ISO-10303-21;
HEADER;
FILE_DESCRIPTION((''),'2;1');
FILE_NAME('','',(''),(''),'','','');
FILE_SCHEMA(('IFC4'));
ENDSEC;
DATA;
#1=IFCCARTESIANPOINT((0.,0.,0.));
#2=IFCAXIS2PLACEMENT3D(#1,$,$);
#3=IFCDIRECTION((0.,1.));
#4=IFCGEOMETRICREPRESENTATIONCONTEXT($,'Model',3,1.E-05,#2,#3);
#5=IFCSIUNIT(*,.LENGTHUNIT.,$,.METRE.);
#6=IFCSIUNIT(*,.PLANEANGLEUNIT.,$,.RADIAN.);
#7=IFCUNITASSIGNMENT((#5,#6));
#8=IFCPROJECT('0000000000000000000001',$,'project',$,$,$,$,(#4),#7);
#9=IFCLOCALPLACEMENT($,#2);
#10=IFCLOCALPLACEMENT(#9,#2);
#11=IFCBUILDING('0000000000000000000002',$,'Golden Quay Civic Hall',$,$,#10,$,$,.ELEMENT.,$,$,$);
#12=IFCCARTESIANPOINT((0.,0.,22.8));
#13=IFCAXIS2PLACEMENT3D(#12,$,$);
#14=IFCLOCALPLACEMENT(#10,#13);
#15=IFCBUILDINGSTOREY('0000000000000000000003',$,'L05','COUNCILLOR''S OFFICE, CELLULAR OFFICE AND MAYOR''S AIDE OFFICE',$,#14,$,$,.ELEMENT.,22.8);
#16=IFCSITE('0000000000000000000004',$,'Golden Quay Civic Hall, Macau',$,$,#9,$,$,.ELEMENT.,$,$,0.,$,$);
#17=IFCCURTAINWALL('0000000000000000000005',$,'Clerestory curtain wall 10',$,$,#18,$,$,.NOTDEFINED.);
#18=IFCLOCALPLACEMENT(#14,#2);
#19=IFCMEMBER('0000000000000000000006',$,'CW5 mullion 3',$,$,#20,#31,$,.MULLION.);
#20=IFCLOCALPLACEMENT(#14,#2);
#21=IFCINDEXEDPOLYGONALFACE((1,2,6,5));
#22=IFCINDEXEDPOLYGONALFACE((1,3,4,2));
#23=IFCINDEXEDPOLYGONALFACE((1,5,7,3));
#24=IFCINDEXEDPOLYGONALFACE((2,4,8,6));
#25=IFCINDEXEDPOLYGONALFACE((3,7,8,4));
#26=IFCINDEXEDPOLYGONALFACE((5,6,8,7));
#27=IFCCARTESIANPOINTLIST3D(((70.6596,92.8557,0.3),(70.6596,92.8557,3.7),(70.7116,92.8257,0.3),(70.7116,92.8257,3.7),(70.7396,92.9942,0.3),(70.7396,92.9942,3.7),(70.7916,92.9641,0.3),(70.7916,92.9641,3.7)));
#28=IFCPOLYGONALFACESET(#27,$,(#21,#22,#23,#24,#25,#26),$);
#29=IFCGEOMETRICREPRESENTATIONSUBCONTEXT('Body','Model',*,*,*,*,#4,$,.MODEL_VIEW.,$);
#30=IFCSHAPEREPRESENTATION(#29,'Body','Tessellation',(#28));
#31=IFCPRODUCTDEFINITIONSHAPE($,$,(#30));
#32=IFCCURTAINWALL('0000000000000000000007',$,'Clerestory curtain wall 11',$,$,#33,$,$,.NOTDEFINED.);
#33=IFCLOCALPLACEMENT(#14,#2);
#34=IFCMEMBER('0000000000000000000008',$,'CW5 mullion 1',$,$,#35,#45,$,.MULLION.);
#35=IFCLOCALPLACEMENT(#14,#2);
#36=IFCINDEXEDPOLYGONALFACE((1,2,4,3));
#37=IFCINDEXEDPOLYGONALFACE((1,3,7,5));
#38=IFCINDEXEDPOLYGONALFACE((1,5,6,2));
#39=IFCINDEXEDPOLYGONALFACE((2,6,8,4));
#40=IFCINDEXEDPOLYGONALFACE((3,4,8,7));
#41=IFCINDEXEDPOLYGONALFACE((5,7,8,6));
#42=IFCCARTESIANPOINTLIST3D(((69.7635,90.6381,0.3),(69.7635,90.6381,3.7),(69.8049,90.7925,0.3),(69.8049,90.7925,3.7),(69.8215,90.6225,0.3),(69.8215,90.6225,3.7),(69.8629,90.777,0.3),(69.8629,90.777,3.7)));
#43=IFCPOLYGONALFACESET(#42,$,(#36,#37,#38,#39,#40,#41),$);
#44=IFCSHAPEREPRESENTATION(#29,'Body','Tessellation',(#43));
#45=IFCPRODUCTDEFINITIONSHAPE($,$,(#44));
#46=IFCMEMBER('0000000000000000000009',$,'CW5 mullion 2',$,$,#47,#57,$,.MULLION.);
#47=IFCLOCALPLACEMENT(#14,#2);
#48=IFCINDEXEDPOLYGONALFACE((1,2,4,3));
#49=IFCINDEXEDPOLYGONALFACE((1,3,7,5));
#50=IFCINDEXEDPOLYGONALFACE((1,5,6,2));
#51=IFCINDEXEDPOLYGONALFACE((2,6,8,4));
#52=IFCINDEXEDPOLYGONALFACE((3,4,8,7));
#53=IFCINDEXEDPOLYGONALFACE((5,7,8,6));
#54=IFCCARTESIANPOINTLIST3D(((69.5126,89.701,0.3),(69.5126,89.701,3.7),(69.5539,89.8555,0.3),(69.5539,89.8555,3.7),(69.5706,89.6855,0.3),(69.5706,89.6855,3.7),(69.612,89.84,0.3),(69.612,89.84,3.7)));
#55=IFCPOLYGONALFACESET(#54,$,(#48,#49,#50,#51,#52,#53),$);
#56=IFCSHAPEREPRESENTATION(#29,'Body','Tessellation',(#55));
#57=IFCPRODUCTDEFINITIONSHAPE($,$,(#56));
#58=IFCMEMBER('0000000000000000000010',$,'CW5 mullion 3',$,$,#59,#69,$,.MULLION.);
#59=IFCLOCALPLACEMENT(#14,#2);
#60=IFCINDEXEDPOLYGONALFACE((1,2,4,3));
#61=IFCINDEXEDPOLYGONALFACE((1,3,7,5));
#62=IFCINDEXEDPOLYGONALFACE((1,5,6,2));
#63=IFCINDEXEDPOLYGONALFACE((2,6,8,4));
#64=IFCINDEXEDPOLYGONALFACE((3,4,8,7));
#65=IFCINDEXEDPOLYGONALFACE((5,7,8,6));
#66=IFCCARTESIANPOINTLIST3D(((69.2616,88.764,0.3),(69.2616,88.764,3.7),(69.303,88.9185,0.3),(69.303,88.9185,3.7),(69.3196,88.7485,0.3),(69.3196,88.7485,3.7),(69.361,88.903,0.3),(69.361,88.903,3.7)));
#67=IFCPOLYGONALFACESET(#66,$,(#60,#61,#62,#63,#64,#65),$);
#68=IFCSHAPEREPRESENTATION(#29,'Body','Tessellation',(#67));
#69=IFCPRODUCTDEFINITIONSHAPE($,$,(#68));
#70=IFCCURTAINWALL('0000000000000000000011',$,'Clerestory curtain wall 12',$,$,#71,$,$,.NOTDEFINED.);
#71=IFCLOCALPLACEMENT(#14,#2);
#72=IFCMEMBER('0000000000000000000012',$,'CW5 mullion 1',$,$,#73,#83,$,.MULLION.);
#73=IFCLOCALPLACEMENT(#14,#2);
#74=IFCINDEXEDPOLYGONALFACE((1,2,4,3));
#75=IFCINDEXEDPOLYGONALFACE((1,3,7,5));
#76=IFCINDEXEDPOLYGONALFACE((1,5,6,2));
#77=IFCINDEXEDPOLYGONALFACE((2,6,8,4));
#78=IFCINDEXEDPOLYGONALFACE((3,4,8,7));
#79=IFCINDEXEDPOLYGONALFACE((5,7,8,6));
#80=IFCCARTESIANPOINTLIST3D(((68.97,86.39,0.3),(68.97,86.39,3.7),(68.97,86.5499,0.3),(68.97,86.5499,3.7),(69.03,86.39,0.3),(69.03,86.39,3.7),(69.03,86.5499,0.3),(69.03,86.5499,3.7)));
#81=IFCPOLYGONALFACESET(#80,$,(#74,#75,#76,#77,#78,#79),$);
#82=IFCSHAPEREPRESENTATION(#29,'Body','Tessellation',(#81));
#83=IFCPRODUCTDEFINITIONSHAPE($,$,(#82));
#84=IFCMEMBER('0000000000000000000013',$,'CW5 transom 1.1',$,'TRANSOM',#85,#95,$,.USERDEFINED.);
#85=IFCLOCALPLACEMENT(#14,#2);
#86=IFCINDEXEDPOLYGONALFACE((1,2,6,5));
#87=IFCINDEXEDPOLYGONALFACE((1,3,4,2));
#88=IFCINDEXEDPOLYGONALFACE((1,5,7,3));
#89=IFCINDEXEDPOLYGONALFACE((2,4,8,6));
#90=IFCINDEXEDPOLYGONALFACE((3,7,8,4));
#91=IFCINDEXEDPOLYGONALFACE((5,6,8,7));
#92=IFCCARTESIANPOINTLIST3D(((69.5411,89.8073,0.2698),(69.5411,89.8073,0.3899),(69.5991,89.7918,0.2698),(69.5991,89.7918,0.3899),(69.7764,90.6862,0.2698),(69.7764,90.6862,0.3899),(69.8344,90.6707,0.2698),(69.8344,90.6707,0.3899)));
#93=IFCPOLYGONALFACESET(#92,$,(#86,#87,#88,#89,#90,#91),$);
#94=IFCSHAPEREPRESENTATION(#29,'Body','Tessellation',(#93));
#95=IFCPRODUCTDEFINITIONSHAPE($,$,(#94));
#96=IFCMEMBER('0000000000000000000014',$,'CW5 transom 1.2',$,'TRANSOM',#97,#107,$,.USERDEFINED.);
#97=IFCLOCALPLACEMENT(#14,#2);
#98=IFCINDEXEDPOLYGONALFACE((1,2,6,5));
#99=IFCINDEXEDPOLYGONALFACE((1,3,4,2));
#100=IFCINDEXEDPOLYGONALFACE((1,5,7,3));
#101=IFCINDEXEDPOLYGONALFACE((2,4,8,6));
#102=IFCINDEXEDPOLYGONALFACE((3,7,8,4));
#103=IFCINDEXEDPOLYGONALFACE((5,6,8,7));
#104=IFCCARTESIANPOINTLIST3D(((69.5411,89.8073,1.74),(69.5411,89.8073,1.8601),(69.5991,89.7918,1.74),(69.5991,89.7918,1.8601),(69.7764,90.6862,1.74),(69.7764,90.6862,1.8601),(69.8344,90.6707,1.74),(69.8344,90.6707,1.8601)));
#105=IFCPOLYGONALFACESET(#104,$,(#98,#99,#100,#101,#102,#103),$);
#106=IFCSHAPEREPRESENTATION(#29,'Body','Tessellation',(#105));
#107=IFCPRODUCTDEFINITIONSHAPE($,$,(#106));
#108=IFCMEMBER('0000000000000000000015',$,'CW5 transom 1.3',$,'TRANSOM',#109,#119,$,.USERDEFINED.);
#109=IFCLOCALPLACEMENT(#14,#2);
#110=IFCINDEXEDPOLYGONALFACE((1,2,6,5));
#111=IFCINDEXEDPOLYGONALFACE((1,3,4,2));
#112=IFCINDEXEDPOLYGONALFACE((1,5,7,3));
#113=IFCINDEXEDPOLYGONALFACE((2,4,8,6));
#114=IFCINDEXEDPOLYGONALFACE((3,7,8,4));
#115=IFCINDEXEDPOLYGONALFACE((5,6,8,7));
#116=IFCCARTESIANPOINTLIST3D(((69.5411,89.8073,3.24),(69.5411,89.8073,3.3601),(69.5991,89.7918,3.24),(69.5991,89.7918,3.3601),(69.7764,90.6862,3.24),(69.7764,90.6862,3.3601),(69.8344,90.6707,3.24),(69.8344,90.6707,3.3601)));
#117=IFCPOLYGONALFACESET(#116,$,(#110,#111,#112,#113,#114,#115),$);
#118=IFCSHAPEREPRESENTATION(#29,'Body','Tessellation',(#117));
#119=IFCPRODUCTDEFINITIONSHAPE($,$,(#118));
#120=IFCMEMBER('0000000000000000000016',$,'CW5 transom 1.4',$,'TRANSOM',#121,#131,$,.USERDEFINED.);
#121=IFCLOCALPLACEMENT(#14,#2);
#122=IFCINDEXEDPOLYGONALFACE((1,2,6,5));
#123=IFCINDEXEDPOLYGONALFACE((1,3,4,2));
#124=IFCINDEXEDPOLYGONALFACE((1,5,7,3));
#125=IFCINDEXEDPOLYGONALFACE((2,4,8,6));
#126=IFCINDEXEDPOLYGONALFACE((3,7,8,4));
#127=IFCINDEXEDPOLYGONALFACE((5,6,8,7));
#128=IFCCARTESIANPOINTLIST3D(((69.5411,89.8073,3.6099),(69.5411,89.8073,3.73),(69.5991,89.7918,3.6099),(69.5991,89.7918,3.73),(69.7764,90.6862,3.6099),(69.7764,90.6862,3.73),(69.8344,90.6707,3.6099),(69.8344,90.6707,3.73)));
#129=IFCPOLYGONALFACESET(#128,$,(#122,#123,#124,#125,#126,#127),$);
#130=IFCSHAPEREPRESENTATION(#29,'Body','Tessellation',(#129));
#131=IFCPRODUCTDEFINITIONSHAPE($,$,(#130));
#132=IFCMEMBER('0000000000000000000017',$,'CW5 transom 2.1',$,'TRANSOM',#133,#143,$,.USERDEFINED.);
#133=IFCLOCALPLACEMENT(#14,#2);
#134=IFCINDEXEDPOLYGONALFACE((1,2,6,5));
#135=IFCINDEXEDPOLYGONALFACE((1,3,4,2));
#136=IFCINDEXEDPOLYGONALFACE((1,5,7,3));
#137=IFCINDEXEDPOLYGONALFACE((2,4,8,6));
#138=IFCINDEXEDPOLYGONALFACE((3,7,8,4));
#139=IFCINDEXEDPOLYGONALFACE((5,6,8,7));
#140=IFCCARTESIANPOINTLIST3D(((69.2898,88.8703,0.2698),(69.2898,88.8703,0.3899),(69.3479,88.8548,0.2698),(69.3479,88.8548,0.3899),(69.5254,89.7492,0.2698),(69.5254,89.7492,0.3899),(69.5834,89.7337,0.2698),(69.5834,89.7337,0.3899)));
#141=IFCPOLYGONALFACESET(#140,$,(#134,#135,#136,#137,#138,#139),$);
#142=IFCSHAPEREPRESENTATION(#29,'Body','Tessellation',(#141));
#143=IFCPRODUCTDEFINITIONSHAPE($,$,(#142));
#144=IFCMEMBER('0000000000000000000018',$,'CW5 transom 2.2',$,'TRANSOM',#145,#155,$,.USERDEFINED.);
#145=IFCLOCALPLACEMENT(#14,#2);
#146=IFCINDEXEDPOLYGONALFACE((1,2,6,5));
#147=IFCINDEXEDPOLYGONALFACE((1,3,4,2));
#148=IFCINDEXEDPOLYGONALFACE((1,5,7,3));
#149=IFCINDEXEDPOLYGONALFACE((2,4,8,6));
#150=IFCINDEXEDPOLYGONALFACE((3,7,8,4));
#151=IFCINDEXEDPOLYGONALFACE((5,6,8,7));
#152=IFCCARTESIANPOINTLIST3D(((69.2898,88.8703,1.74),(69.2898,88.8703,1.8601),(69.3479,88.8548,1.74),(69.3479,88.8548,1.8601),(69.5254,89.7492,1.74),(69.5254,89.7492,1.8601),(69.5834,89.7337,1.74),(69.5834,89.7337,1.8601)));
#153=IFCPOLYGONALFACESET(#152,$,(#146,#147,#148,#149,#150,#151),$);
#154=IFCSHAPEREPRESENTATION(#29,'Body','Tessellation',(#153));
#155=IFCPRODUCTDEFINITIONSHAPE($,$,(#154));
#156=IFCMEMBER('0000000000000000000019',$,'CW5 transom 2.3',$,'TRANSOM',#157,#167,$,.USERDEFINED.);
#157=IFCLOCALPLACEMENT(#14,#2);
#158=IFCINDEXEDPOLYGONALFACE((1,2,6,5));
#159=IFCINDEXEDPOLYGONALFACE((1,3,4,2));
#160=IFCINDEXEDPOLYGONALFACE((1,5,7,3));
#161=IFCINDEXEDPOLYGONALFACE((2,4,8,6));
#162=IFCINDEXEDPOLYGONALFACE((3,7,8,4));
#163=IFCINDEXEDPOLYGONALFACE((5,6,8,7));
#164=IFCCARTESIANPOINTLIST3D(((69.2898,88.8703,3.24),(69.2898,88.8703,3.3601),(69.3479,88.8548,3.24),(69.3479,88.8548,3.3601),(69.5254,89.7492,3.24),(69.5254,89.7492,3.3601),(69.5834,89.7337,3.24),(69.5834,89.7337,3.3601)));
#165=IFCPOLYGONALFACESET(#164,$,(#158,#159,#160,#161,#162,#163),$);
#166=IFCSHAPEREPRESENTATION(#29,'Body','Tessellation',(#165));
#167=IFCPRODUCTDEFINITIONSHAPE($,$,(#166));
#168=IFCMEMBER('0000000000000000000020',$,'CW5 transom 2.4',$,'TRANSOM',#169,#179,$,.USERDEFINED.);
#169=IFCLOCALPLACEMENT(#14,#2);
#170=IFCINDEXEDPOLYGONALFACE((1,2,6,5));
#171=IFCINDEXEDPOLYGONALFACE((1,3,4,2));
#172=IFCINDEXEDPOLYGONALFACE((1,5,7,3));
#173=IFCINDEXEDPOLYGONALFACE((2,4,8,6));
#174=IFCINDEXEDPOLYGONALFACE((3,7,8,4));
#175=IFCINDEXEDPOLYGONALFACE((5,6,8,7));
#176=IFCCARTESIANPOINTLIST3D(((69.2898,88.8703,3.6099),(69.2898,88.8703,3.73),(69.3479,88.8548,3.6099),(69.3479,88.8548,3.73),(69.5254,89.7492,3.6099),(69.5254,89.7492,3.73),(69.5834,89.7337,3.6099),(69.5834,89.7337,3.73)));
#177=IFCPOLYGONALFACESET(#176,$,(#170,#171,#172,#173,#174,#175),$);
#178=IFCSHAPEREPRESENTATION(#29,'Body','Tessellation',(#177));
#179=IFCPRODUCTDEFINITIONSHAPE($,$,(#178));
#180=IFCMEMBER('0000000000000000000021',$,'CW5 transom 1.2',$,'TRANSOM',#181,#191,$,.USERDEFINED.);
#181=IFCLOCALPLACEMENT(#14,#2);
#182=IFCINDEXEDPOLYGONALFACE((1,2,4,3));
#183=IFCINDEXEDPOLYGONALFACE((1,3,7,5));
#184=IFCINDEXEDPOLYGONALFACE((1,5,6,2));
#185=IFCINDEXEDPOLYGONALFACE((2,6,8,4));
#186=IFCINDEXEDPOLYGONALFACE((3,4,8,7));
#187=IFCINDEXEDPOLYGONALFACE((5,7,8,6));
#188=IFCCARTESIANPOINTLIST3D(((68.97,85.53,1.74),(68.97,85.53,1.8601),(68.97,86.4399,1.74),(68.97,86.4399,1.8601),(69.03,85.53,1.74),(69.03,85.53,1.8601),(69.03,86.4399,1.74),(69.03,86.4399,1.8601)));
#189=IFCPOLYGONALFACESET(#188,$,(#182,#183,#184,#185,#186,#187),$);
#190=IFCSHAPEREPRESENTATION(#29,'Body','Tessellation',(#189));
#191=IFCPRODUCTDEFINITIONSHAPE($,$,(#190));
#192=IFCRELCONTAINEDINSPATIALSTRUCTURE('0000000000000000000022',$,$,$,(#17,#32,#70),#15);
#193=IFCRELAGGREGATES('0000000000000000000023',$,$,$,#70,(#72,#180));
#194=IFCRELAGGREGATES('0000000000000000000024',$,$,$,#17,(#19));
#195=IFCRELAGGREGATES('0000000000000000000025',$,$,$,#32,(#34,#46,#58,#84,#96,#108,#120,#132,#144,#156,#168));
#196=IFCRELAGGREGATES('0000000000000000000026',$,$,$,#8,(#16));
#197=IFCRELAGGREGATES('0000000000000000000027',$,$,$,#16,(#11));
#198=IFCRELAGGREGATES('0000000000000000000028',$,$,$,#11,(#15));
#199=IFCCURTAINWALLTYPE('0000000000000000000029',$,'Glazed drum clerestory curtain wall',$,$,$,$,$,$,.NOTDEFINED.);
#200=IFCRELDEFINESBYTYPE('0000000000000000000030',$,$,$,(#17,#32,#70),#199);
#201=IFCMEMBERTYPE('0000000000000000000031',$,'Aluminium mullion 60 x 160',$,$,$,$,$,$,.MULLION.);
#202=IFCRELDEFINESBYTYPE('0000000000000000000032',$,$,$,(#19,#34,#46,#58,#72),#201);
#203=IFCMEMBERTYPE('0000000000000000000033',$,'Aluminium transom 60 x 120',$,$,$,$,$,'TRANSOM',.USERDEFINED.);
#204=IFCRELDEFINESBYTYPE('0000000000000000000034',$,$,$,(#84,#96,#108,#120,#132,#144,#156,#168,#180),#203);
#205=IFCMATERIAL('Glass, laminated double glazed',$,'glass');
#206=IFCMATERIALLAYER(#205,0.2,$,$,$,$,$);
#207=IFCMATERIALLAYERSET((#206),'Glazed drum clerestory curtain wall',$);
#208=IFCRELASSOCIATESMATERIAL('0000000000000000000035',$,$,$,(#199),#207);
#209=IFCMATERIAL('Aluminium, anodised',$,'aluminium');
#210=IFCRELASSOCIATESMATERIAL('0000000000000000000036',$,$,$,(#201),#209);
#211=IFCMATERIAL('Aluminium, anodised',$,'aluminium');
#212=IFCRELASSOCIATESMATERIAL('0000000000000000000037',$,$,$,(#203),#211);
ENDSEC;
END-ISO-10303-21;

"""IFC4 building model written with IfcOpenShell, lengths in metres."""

from ifc_helpers import new_model, si_unit, direction, frame, origin, origin_2d, place, context, subcontext, project, spatial, rectangle, extrude, material, layer, layer_set, material_profile, profile_set, type_object, element, aggregate, save


model = new_model("IFC4")

# Units and contexts
model_context = context("Model", 3, precision=1e-05, world=origin(), true_north=direction((0.0, 1.0)))
body_context = subcontext(model_context, "Body", "Model", "MODEL_VIEW")
ifc_project = project(units=[si_unit("LENGTHUNIT", "METRE"), si_unit("PLANEANGLEUNIT", "RADIAN")], contexts=[model_context])

# Site, building, storey
site_placement = place(None, origin())
site = spatial("IfcSite", under=ifc_project, at=site_placement, Name="Golden Quay Civic Hall, Macau", CompositionType="ELEMENT", RefElevation=0.0)
building_placement = place(site_placement, origin())
building = spatial("IfcBuilding", under=site, at=building_placement, Name="Golden Quay Civic Hall", CompositionType="ELEMENT")
storey_placement = place(building_placement, frame((0.0, 0.0, 22.8)))
storey = spatial("IfcBuildingStorey", under=building, at=storey_placement, Name="L05", Description="COUNCILLOR'S OFFICE, CELLULAR OFFICE AND MAYOR'S AIDE OFFICE", CompositionType="ELEMENT", Elevation=22.8)

# Curtain wall, member
ifc_material_1 = material(Name="Glass, laminated double glazed", Category="glass")
ifc_layer_1 = layer(ifc_material_1, 0.2)
ifc_layer_set_1 = layer_set([ifc_layer_1], Name="Glazed drum clerestory curtain wall")
curtain_wall_type = type_object("IfcCurtainWallType", Name="Glazed drum clerestory curtain wall", PredefinedType="NOTDEFINED", material=ifc_layer_set_1)
curtain_wall_1_placement = place(storey_placement, origin())
curtain_wall_1 = element("IfcCurtainWall", 1, at=curtain_wall_1_placement, inside=storey, type_object=curtain_wall_type, Name="Clerestory curtain wall 10", PredefinedType="NOTDEFINED")
ifc_material_2 = material(Name="Aluminium, anodised", Category="aluminium")
ifc_material_profile_1 = material_profile(ifc_material_2, rectangle(XDim=0.0601, YDim=0.1599, at=origin_2d()), Name="Aluminium 60 x 160")
ifc_profile_set_1 = profile_set([ifc_material_profile_1], Name="Aluminium, anodised")
member_type_1 = type_object("IfcMemberType", Name="Aluminium mullion 60 x 160", PredefinedType="MULLION", material=ifc_profile_set_1)
member_1_placement = place(storey_placement, frame((70.7256, 92.9099, 0.3), z_axis=(0.0, 0.0, 1.0), x_axis=(0.866019, -0.500011, 0.0)))
member_1 = element("IfcMember", 2, at=member_1_placement, type_object=member_type_1, Name="CW5 mullion 3", PredefinedType="MULLION", context=body_context, shape_type="SweptSolid", body=[
    extrude(rectangle(XDim=0.0601, YDim=0.1599, at=origin_2d()), origin(), (0.0, 0.0, 1.0), 3.3999),
])

# Curtain wall, members
curtain_wall_2_placement = place(storey_placement, origin())
curtain_wall_2 = element("IfcCurtainWall", 3, at=curtain_wall_2_placement, inside=storey, type_object=curtain_wall_type, Name="Clerestory curtain wall 11", PredefinedType="NOTDEFINED")
member_2_placement = place(storey_placement, frame((69.8132, 90.7075, 0.3), z_axis=(0.0, 0.0, 1.0), x_axis=(0.965929, -0.258808, 0.0)))
member_2 = element("IfcMember", 4, at=member_2_placement, type_object=member_type_1, Name="CW5 mullion 1", PredefinedType="MULLION", context=body_context, shape_type="SweptSolid", body=[
    extrude(rectangle(XDim=0.0601, YDim=0.1599, at=origin_2d()), origin(), (0.0, 0.0, 1.0), 3.3999),
])
member_3_placement = place(storey_placement, frame((69.5623, 89.7705, 0.3), z_axis=(0.0, 0.0, 1.0), x_axis=(0.965929, -0.258808, 0.0)))
member_3 = element("IfcMember", 5, at=member_3_placement, type_object=member_type_1, Name="CW5 mullion 2", PredefinedType="MULLION", context=body_context, shape_type="SweptSolid", body=[
    extrude(rectangle(XDim=0.0601, YDim=0.1599, at=origin_2d()), origin(), (0.0, 0.0, 1.0), 3.3999),
])
member_4_placement = place(storey_placement, frame((69.3113, 88.8335, 0.3), z_axis=(0.0, 0.0, 1.0), x_axis=(0.965929, -0.258808, 0.0)))
member_4 = element("IfcMember", 6, at=member_4_placement, type_object=member_type_1, Name="CW5 mullion 3", PredefinedType="MULLION", context=body_context, shape_type="SweptSolid", body=[
    extrude(rectangle(XDim=0.0601, YDim=0.1599, at=origin_2d()), origin(), (0.0, 0.0, 1.0), 3.3999),
])

# Curtain wall, member
curtain_wall_3_placement = place(storey_placement, origin())
curtain_wall_3 = element("IfcCurtainWall", 7, at=curtain_wall_3_placement, inside=storey, type_object=curtain_wall_type, Name="Clerestory curtain wall 12", PredefinedType="NOTDEFINED")
member_5_placement = place(storey_placement, frame((69.0, 86.47, 0.3), z_axis=(0.0, 0.0, 1.0), x_axis=(1.0, 0.0, 0.0)))
member_5 = element("IfcMember", 8, at=member_5_placement, type_object=member_type_1, Name="CW5 mullion 1", PredefinedType="MULLION", context=body_context, shape_type="SweptSolid", body=[
    extrude(rectangle(XDim=0.0601, YDim=0.1599, at=origin_2d()), origin(), (0.0, 0.0, 1.0), 3.3999),
])

# Members
ifc_material_3 = material(Name="Aluminium, anodised", Category="aluminium")
ifc_material_profile_2 = material_profile(ifc_material_3, rectangle(XDim=0.0601, YDim=0.1201, at=origin_2d()), Name="Aluminium 60 x 120")
ifc_profile_set_2 = profile_set([ifc_material_profile_2], Name="Aluminium, anodised")
member_type_2 = type_object("IfcMemberType", Name="Aluminium transom 60 x 120", ElementType="TRANSOM", PredefinedType="USERDEFINED", material=ifc_profile_set_2)
member_6_placement = place(storey_placement, frame((69.8054, 90.6785, 0.3298), z_axis=(-0.258665, -0.965967, 0.0), x_axis=(0.965967, -0.258665, 0.0)))
member_6 = element("IfcMember", 9, at=member_6_placement, type_object=member_type_2, Name="CW5 transom 1.1", ObjectType="TRANSOM", PredefinedType="USERDEFINED", context=body_context, shape_type="SweptSolid", body=[
    extrude(rectangle(XDim=0.0601, YDim=0.1201, at=origin_2d()), origin(), (0.0, 0.0, 1.0), 0.9099),
])
member_7_placement = place(storey_placement, frame((69.8054, 90.6785, 1.8), z_axis=(-0.258665, -0.965967, 0.0), x_axis=(0.965967, -0.258665, 0.0)))
member_7 = element("IfcMember", 10, at=member_7_placement, type_object=member_type_2, Name="CW5 transom 1.2", ObjectType="TRANSOM", PredefinedType="USERDEFINED", context=body_context, shape_type="SweptSolid", body=[
    extrude(rectangle(XDim=0.0601, YDim=0.1201, at=origin_2d()), origin(), (0.0, 0.0, 1.0), 0.9099),
])
member_8_placement = place(storey_placement, frame((69.8054, 90.6785, 3.3), z_axis=(-0.258665, -0.965967, 0.0), x_axis=(0.965967, -0.258665, 0.0)))
member_8 = element("IfcMember", 11, at=member_8_placement, type_object=member_type_2, Name="CW5 transom 1.3", ObjectType="TRANSOM", PredefinedType="USERDEFINED", context=body_context, shape_type="SweptSolid", body=[
    extrude(rectangle(XDim=0.0601, YDim=0.1201, at=origin_2d()), origin(), (0.0, 0.0, 1.0), 0.9099),
])
member_9_placement = place(storey_placement, frame((69.8054, 90.6785, 3.6699), z_axis=(-0.258665, -0.965967, 0.0), x_axis=(0.965967, -0.258665, 0.0)))
member_9 = element("IfcMember", 12, at=member_9_placement, type_object=member_type_2, Name="CW5 transom 1.4", ObjectType="TRANSOM", PredefinedType="USERDEFINED", context=body_context, shape_type="SweptSolid", body=[
    extrude(rectangle(XDim=0.0601, YDim=0.1201, at=origin_2d()), origin(), (0.0, 0.0, 1.0), 0.9099),
])
member_10_placement = place(storey_placement, frame((69.5544, 89.7415, 0.3298), z_axis=(-0.258915, -0.9659, 0.0), x_axis=(0.9659, -0.258915, 0.0)))
member_10 = element("IfcMember", 13, at=member_10_placement, type_object=member_type_2, Name="CW5 transom 2.1", ObjectType="TRANSOM", PredefinedType="USERDEFINED", context=body_context, shape_type="SweptSolid", body=[
    extrude(rectangle(XDim=0.0601, YDim=0.1201, at=origin_2d()), origin(), (0.0, 0.0, 1.0), 0.9099),
])
member_11_placement = place(storey_placement, frame((69.5544, 89.7415, 1.8), z_axis=(-0.258915, -0.9659, 0.0), x_axis=(0.9659, -0.258915, 0.0)))
member_11 = element("IfcMember", 14, at=member_11_placement, type_object=member_type_2, Name="CW5 transom 2.2", ObjectType="TRANSOM", PredefinedType="USERDEFINED", context=body_context, shape_type="SweptSolid", body=[
    extrude(rectangle(XDim=0.0601, YDim=0.1201, at=origin_2d()), origin(), (0.0, 0.0, 1.0), 0.9099),
])
member_12_placement = place(storey_placement, frame((69.5544, 89.7415, 3.3), z_axis=(-0.258915, -0.9659, 0.0), x_axis=(0.9659, -0.258915, 0.0)))
member_12 = element("IfcMember", 15, at=member_12_placement, type_object=member_type_2, Name="CW5 transom 2.3", ObjectType="TRANSOM", PredefinedType="USERDEFINED", context=body_context, shape_type="SweptSolid", body=[
    extrude(rectangle(XDim=0.0601, YDim=0.1201, at=origin_2d()), origin(), (0.0, 0.0, 1.0), 0.9099),
])
member_13_placement = place(storey_placement, frame((69.5544, 89.7415, 3.6699), z_axis=(-0.258915, -0.9659, 0.0), x_axis=(0.9659, -0.258915, 0.0)))
member_13 = element("IfcMember", 16, at=member_13_placement, type_object=member_type_2, Name="CW5 transom 2.4", ObjectType="TRANSOM", PredefinedType="USERDEFINED", context=body_context, shape_type="SweptSolid", body=[
    extrude(rectangle(XDim=0.0601, YDim=0.1201, at=origin_2d()), origin(), (0.0, 0.0, 1.0), 0.9099),
])
member_14_placement = place(storey_placement, frame((69.0, 86.4399, 1.8), z_axis=(0.0, -1.0, 0.0), x_axis=(1.0, 0.0, 0.0)))
member_14 = element("IfcMember", 17, at=member_14_placement, type_object=member_type_2, Name="CW5 transom 1.2", ObjectType="TRANSOM", PredefinedType="USERDEFINED", context=body_context, shape_type="SweptSolid", body=[
    extrude(rectangle(XDim=0.0601, YDim=0.1201, at=origin_2d()), origin(), (0.0, 0.0, 1.0), 0.9099),
])
aggregate(curtain_wall_3, [member_5, member_14])

aggregate(curtain_wall_1, [member_1])
aggregate(curtain_wall_2, [member_2, member_3, member_4, member_6, member_7, member_8, member_9, member_10, member_11, member_12, member_13])

save(model, "model.ifc")
